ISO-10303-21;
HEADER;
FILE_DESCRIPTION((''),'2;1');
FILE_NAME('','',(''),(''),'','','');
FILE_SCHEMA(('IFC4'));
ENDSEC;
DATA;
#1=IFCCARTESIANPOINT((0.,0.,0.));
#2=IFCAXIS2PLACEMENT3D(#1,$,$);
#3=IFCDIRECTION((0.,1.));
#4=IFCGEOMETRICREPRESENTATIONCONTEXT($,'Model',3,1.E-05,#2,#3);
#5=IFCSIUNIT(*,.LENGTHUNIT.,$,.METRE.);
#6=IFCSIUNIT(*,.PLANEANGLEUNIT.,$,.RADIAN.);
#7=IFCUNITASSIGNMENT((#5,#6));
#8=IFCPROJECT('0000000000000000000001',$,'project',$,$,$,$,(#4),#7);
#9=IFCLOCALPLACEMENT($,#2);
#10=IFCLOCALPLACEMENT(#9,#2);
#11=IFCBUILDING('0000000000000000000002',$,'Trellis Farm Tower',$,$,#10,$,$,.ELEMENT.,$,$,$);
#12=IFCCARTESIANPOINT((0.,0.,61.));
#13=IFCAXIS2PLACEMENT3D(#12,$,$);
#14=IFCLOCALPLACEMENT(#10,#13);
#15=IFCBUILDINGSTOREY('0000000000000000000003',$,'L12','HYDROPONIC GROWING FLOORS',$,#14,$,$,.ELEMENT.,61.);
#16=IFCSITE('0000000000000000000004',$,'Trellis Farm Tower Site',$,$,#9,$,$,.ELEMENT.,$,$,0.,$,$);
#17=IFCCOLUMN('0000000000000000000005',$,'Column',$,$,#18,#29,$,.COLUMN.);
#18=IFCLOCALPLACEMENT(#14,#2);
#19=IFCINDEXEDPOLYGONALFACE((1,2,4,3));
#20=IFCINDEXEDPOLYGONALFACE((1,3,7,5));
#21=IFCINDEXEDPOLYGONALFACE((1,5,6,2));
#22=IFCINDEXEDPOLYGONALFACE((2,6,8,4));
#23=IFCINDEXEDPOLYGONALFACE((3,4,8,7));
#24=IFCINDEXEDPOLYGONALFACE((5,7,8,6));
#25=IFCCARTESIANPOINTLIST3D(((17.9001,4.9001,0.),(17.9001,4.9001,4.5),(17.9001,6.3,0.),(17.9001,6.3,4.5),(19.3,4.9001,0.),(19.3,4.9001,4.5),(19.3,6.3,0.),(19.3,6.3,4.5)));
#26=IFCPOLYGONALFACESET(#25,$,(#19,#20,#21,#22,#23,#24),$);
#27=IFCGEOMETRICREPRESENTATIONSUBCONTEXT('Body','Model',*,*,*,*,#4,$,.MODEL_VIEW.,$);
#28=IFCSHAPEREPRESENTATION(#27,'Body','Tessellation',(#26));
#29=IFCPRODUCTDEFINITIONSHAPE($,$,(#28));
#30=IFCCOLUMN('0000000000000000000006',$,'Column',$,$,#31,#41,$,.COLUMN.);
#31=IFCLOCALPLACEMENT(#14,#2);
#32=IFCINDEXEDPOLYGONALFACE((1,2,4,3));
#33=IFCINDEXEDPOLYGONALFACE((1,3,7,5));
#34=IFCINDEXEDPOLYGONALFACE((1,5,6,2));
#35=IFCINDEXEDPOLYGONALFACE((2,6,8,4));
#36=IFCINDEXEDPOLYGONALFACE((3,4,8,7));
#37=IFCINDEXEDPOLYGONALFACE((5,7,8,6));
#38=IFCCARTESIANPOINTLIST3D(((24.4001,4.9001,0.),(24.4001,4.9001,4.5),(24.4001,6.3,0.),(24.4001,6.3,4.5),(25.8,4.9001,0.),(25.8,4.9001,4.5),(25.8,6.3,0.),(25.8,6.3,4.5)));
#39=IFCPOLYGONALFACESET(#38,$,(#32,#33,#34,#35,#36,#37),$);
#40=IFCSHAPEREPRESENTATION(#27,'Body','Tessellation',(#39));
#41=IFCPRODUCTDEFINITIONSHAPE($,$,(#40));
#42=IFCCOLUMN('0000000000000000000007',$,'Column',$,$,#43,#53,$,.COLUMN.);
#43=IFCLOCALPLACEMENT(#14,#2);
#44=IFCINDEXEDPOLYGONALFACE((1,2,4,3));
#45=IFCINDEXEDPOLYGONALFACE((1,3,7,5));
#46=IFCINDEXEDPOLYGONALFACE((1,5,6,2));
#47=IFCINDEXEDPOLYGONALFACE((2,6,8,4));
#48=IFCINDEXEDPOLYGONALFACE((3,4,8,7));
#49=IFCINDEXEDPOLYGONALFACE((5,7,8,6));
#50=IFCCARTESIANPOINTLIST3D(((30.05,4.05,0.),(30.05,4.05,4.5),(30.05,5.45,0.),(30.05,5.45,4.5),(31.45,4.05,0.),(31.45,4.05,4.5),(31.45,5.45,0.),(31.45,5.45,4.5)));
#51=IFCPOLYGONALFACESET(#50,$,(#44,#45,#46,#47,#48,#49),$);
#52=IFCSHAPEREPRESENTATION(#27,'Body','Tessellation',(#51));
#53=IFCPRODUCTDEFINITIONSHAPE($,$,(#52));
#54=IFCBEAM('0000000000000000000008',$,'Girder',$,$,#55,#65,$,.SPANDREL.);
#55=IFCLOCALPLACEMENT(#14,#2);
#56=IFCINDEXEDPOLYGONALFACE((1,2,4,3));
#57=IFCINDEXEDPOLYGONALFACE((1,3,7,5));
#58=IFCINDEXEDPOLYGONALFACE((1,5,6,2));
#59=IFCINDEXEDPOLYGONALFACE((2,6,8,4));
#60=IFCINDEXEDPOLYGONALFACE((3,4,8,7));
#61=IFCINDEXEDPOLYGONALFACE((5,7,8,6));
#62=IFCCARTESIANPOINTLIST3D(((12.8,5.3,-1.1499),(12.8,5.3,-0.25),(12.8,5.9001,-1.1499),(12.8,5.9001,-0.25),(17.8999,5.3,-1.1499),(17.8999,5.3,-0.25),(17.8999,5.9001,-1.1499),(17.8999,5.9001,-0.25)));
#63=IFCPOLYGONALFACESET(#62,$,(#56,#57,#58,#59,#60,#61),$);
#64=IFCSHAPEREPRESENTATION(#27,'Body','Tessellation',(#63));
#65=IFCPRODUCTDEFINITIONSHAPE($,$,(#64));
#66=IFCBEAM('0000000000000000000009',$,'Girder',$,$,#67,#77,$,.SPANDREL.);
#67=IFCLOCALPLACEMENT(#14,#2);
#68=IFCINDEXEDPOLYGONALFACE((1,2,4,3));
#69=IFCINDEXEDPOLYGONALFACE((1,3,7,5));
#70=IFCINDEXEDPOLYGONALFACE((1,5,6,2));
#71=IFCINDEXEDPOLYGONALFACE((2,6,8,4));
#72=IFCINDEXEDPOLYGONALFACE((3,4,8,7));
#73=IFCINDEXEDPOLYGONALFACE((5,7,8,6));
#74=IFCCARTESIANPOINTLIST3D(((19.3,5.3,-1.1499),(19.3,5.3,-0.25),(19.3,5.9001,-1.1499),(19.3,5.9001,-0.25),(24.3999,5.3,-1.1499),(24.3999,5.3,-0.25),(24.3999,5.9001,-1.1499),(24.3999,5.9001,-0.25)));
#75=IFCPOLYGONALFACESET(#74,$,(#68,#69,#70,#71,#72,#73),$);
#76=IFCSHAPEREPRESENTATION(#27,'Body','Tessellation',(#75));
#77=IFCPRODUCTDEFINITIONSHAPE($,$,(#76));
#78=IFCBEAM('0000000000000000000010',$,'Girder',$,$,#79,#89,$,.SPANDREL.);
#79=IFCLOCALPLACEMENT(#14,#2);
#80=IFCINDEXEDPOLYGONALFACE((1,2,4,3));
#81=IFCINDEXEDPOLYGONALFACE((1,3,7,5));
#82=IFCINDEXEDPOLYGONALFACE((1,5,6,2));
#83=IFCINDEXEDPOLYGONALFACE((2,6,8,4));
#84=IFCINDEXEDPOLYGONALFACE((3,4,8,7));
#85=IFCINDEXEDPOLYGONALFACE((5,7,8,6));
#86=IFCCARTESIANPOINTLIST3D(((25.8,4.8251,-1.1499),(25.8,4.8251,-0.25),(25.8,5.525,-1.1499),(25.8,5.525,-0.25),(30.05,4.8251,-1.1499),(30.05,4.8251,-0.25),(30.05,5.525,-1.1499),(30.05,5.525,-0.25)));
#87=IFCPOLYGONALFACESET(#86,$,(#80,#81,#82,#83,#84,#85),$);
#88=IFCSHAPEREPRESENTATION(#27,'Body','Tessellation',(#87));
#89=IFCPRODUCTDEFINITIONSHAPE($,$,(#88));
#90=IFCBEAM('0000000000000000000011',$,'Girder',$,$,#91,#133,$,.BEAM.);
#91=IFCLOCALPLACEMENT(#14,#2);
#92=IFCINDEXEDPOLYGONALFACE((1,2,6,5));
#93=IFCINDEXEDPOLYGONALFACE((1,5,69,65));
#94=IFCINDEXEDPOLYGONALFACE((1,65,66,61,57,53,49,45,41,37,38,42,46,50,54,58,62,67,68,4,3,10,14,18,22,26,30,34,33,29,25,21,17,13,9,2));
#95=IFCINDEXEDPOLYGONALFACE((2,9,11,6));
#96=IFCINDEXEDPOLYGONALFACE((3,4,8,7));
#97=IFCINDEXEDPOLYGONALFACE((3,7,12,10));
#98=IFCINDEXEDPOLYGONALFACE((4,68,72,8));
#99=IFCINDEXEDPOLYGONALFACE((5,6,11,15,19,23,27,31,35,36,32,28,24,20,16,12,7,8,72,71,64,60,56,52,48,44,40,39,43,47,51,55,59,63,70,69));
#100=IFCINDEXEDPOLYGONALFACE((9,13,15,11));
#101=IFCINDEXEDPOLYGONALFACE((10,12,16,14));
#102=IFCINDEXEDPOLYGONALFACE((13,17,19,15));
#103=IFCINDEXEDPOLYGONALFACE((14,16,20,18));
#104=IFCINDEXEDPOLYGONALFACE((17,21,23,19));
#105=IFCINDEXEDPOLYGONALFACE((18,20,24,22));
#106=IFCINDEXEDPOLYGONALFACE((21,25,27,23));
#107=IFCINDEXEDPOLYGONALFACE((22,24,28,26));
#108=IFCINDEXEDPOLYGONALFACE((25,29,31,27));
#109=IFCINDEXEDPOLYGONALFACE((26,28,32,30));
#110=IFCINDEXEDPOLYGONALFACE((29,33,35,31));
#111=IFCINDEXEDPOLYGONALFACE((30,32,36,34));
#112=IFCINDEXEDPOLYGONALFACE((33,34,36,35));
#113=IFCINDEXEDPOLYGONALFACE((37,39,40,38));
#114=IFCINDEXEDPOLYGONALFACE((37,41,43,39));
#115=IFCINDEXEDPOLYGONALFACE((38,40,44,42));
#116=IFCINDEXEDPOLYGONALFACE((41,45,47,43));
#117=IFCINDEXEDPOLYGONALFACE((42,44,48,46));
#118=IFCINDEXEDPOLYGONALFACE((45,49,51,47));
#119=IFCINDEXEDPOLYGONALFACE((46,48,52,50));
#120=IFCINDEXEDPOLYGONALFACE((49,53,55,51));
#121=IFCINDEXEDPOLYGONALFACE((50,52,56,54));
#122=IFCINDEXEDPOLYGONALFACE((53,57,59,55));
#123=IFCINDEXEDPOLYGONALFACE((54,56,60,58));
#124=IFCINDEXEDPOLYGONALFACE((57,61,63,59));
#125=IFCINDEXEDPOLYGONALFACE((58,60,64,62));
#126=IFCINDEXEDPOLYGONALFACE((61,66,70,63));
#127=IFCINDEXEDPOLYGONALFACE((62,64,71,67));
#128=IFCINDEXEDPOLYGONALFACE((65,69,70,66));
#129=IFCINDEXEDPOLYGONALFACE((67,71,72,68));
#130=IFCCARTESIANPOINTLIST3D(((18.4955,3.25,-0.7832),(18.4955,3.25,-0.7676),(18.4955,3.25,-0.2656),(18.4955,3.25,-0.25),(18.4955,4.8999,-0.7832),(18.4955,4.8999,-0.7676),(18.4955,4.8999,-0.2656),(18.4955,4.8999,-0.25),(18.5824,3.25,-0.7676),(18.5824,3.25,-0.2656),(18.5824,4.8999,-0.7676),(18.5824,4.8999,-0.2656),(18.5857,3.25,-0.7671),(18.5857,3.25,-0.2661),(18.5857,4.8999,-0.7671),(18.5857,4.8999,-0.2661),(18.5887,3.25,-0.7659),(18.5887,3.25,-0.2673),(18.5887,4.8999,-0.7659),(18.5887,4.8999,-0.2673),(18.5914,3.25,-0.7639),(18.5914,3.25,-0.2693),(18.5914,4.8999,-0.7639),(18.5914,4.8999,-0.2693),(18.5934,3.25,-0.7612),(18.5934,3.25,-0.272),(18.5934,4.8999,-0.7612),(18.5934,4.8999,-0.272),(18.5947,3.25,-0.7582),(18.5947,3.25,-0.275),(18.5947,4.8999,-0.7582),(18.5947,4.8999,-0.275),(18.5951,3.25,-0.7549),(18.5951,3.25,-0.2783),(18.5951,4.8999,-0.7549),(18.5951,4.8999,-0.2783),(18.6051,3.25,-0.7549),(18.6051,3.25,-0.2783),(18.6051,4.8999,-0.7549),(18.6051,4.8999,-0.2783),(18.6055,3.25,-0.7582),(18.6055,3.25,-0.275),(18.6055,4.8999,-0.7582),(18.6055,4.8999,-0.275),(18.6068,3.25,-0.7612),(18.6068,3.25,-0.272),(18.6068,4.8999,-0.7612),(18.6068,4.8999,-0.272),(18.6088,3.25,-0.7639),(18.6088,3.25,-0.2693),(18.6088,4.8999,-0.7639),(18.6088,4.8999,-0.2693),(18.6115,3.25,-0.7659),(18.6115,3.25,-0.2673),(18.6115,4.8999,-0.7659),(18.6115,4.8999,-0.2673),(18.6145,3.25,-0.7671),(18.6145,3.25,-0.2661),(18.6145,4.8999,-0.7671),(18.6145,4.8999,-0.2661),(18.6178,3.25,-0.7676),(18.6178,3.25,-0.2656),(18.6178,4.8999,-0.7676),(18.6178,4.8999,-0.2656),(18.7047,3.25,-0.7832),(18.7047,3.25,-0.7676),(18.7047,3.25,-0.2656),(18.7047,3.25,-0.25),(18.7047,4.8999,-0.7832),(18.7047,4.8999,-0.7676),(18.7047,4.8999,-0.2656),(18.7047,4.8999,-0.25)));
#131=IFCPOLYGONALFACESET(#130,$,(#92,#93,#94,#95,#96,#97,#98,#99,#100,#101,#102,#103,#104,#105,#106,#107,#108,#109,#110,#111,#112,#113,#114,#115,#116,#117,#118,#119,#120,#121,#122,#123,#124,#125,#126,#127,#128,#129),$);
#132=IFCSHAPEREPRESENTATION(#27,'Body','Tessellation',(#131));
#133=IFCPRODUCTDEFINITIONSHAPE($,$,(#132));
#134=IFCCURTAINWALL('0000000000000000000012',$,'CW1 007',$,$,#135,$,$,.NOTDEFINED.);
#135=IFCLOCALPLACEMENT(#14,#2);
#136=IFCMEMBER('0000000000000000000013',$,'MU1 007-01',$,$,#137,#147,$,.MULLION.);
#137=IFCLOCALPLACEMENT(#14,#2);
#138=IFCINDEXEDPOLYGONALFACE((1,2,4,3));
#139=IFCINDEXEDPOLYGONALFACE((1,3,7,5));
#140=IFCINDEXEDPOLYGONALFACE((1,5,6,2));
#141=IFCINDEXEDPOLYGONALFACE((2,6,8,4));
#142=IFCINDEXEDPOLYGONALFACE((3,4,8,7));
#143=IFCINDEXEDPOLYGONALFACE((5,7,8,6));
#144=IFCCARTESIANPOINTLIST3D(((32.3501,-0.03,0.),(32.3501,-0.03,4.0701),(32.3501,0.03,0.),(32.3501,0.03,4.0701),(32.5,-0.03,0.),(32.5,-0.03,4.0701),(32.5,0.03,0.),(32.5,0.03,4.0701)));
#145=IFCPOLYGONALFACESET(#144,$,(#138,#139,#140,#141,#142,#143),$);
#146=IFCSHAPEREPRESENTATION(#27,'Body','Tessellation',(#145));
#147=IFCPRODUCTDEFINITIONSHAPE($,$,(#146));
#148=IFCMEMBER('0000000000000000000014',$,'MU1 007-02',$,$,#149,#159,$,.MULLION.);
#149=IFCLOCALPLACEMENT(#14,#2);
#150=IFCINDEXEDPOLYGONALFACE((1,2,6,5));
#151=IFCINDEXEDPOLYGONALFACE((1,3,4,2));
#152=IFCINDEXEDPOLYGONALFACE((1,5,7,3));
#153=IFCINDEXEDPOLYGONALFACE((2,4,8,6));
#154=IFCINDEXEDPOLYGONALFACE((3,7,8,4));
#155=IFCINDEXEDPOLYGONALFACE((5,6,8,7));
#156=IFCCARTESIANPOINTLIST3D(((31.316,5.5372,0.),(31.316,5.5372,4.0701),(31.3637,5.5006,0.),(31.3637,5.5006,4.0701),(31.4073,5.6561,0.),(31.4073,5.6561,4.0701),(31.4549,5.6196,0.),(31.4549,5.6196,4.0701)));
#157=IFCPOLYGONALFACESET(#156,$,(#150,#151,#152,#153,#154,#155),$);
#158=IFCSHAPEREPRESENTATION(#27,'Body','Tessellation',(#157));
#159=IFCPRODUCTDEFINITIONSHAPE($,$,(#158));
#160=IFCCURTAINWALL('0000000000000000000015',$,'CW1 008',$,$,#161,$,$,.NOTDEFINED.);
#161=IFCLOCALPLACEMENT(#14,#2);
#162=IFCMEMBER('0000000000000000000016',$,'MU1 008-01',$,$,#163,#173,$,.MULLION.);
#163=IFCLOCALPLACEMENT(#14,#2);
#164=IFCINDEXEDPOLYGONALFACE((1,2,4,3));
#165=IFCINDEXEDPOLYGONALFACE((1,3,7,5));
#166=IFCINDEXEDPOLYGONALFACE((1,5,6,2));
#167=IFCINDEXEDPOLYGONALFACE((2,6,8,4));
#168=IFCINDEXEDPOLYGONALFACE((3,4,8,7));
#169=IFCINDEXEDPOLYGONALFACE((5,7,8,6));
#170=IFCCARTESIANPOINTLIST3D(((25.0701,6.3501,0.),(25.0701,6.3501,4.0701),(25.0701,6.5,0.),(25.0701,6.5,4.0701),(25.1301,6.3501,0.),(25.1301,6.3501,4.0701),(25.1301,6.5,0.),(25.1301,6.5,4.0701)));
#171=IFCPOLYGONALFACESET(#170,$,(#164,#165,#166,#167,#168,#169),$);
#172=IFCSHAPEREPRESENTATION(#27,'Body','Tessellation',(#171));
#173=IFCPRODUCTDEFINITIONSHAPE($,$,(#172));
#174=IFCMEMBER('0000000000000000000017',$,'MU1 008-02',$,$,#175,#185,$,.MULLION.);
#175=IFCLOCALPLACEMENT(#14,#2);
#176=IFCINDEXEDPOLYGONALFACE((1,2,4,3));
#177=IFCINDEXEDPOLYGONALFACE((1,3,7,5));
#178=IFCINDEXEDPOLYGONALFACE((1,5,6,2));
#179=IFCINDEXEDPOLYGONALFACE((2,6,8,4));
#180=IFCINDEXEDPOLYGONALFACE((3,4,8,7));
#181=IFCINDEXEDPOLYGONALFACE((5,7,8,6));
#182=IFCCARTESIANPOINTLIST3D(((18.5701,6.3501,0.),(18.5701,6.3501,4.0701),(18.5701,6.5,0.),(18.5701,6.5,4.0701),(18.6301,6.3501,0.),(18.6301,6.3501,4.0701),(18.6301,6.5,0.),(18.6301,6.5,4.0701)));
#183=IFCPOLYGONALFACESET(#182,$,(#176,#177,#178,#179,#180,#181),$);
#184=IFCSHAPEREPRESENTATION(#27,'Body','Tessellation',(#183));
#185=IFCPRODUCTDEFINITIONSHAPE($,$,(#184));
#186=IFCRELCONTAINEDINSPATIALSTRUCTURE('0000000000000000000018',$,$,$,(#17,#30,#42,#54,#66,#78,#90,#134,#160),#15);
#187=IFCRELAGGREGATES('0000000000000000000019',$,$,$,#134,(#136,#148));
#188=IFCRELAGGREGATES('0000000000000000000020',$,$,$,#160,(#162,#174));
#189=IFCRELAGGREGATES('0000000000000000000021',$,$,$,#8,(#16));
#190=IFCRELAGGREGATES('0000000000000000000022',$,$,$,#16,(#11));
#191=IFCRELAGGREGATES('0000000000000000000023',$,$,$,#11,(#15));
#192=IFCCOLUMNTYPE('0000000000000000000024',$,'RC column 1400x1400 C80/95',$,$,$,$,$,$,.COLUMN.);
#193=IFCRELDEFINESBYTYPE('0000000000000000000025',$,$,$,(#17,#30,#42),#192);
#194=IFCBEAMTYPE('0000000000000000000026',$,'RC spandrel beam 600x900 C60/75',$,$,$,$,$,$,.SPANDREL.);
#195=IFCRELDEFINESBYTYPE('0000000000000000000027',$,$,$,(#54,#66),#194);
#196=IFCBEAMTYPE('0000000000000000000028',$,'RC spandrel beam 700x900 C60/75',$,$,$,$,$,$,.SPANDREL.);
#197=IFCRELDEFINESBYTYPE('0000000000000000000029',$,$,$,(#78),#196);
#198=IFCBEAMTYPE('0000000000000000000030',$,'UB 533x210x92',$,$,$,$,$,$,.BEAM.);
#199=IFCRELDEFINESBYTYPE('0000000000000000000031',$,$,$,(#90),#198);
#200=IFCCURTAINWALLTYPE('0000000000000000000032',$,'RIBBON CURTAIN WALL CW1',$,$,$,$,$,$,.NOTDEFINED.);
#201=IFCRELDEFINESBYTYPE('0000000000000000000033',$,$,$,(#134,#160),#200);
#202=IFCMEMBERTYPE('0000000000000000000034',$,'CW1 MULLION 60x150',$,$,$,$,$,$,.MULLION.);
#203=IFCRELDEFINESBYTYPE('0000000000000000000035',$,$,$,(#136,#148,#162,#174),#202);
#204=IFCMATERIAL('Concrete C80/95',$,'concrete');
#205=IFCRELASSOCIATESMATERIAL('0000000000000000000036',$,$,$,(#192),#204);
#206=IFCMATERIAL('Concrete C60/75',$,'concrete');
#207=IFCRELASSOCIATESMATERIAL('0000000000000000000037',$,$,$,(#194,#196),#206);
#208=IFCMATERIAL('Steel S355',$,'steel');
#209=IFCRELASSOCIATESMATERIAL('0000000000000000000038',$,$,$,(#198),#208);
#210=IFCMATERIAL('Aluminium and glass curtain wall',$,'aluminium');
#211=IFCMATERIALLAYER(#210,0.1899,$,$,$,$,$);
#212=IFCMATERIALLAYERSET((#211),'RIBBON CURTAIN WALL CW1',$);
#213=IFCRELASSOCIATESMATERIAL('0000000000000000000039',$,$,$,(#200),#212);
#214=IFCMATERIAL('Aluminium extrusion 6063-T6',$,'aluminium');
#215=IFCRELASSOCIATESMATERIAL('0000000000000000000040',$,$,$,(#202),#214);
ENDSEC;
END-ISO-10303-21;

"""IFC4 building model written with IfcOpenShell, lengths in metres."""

from ifc_helpers import new_model, si_unit, direction, frame, origin, origin_2d, place, context, subcontext, project, spatial, rectangle, i_section, extrude, source, transform, mapped, material, layer, layer_set, material_profile, profile_set, type_object, element, aggregate, save


model = new_model("IFC4")

# Units and contexts
model_context = context("Model", 3, precision=1e-05, world=origin(), true_north=direction((0.0, 1.0)))
body_context = subcontext(model_context, "Body", "Model", "MODEL_VIEW")
ifc_project = project(units=[si_unit("LENGTHUNIT", "METRE"), si_unit("PLANEANGLEUNIT", "RADIAN")], contexts=[model_context])

# Site, building, storey
site_placement = place(None, origin())
site = spatial("IfcSite", under=ifc_project, at=site_placement, Name="Trellis Farm Tower Site", CompositionType="ELEMENT", RefElevation=0.0)
building_placement = place(site_placement, origin())
building = spatial("IfcBuilding", under=site, at=building_placement, Name="Trellis Farm Tower", CompositionType="ELEMENT")
storey_placement = place(building_placement, frame((0.0, 0.0, 61.0)))
storey = spatial("IfcBuildingStorey", under=building, at=storey_placement, Name="L12", Description="HYDROPONIC GROWING FLOORS", CompositionType="ELEMENT", Elevation=61.0)

# Columns
ifc_material_1 = material(Name="Concrete C80/95", Category="concrete")
ifc_material_profile_1 = material_profile(ifc_material_1, rectangle(XDim=1.3999, YDim=1.3999, at=origin_2d()), Name="RC column 1400x1400 C80/95")
ifc_profile_set_1 = profile_set([ifc_material_profile_1], Name="Concrete C80/95")
column_type = type_object("IfcColumnType", Name="RC column 1400x1400 C80/95", PredefinedType="COLUMN", material=ifc_profile_set_1)
shared_shape_1 = source(origin(), body_context, "Body", "SweptSolid", [
    extrude(rectangle(XDim=1.3999, YDim=1.3999, at=origin_2d()), origin(), (0.0, 0.0, 1.0), 4.5),
])
for number, where, z_axis, x_axis, name in (
    (1, (18.6001, 5.6001, 0.0), (0.0, 0.0, 1.0), (1.0, 0.0, 0.0), "Column"),
    (2, (25.1001, 5.6001, 0.0), (0.0, 0.0, 1.0), (1.0, 0.0, 0.0), "Column"),
    (3, (30.75, 4.75, 0.0), (0.0, 0.0, 1.0), (1.0, 0.0, 0.0), "Column"),
):
    element("IfcColumn", number, at=place(storey_placement, frame(where, z_axis=z_axis, x_axis=x_axis)), inside=storey, type_object=column_type, Name=name, PredefinedType="COLUMN", context=body_context, shape_type="MappedRepresentation", body=[
        mapped(shared_shape_1, transform((0.0, 0.0, 0.0))),
    ])

# Beams
ifc_material_2 = material(Name="Concrete C60/75", Category="concrete")
ifc_material_profile_2 = material_profile(ifc_material_2, rectangle(XDim=0.6001, YDim=0.8999, at=origin_2d()), Name="RC spandrel beam 600x900 C60/75")
ifc_profile_set_2 = profile_set([ifc_material_profile_2], Name="Concrete C60/75")
beam_type_1 = type_object("IfcBeamType", Name="RC spandrel beam 600x900 C60/75", PredefinedType="SPANDREL", material=ifc_profile_set_2)
shared_shape_2 = source(origin(), body_context, "Body", "SweptSolid", [
    extrude(rectangle(XDim=0.6001, YDim=0.8999, at=origin_2d()), origin(), (0.0, 0.0, 1.0), 5.0999),
])
for number, where, z_axis, x_axis, name in (
    (4, (12.8, 5.6001, -0.7), (1.0, 0.0, 0.0), (0.0, 1.0, 0.0), "Girder"),
    (5, (19.3, 5.6001, -0.7), (1.0, 0.0, 0.0), (0.0, 1.0, 0.0), "Girder"),
):
    element("IfcBeam", number, at=place(storey_placement, frame(where, z_axis=z_axis, x_axis=x_axis)), inside=storey, type_object=beam_type_1, Name=name, PredefinedType="SPANDREL", context=body_context, shape_type="MappedRepresentation", body=[
        mapped(shared_shape_2, transform((0.0, 0.0, 0.0))),
    ])
ifc_material_profile_3 = material_profile(ifc_material_2, rectangle(XDim=0.7, YDim=0.8999, at=origin_2d()), Name="RC spandrel beam 700x900 C60/75")
ifc_profile_set_3 = profile_set([ifc_material_profile_3], Name="Concrete C60/75")
beam_type_2 = type_object("IfcBeamType", Name="RC spandrel beam 700x900 C60/75", PredefinedType="SPANDREL", material=ifc_profile_set_3)
shared_shape_3 = source(origin(), body_context, "Body", "SweptSolid", [
    extrude(rectangle(XDim=0.7, YDim=0.8999, at=origin_2d()), origin(), (0.0, 0.0, 1.0), 4.25),
])
beam_1_placement = place(storey_placement, frame((25.8, 5.175, -0.7), z_axis=(1.0, 0.0, 0.0), x_axis=(0.0, 1.0, 0.0)))
element("IfcBeam", 6, at=beam_1_placement, inside=storey, type_object=beam_type_2, Name="Girder", PredefinedType="SPANDREL", context=body_context, shape_type="MappedRepresentation", body=[
    mapped(shared_shape_3, transform((0.0, 0.0, 0.0))),
])
ifc_material_3 = material(Name="Steel S355", Category="steel")
ifc_material_profile_4 = material_profile(ifc_material_3, i_section(OverallWidth=0.2092, OverallDepth=0.5332, WebThickness=0.01, FlangeThickness=0.0156, FilletRadius=0.0127, at=origin_2d()), Name="UB 533x210x92")
ifc_profile_set_4 = profile_set([ifc_material_profile_4], Name="Steel S355")
beam_type_3 = type_object("IfcBeamType", Name="UB 533x210x92", PredefinedType="BEAM", material=ifc_profile_set_4)
shared_shape_4 = source(origin(), body_context, "Body", "SweptSolid", [
    extrude(i_section(OverallWidth=0.2092, OverallDepth=0.5332, WebThickness=0.01, FlangeThickness=0.0156, FilletRadius=0.0127, at=origin_2d()), origin(), (0.0, 0.0, 1.0), 1.6499),
])
beam_2_placement = place(storey_placement, frame((18.6001, 3.25, -0.5166), z_axis=(0.0, 1.0, 0.0), x_axis=(-1.0, 0.0, 0.0)))
element("IfcBeam", 7, at=beam_2_placement, inside=storey, type_object=beam_type_3, Name="Girder", PredefinedType="BEAM", context=body_context, shape_type="MappedRepresentation", body=[
    mapped(shared_shape_4, transform((0.0, 0.0, 0.0))),
])

# Curtain walls, members
ifc_material_4 = material(Name="Aluminium and glass curtain wall", Category="aluminium")
ifc_layer_1 = layer(ifc_material_4, 0.1899)
ifc_layer_set_1 = layer_set([ifc_layer_1], Name="RIBBON CURTAIN WALL CW1")
curtain_wall_type = type_object("IfcCurtainWallType", Name="RIBBON CURTAIN WALL CW1", PredefinedType="NOTDEFINED", material=ifc_layer_set_1)
placement = place(storey_placement, origin())
curtain_wall_1 = element("IfcCurtainWall", 8, at=placement, inside=storey, type_object=curtain_wall_type, Name="CW1 007", PredefinedType="NOTDEFINED")
ifc_material_5 = material(Name="Aluminium extrusion 6063-T6", Category="aluminium")
ifc_material_profile_5 = material_profile(ifc_material_5, rectangle(XDim=0.0601, YDim=0.1499, at=origin_2d()), Name="MULLION 60x150")
ifc_profile_set_5 = profile_set([ifc_material_profile_5], Name="Aluminium extrusion 6063-T6")
member_type = type_object("IfcMemberType", Name="CW1 MULLION 60x150", PredefinedType="MULLION", material=ifc_profile_set_5)
shared_shape_5 = source(origin(), body_context, "Body", "SweptSolid", [
    extrude(rectangle(XDim=0.0601, YDim=0.1499, at=origin_2d()), origin(), (0.0, 0.0, 1.0), 4.0701),
])
member_1_placement = place(storey_placement, frame((32.425, 0.0, 0.0), z_axis=(0.0, 0.0, 1.0), x_axis=(0.0, 1.0, 0.0)))
member_1 = element("IfcMember", 9, at=member_1_placement, type_object=member_type, Name="MU1 007-01", PredefinedType="MULLION", context=body_context, shape_type="MappedRepresentation", body=[
    mapped(shared_shape_5, transform((0.0, 0.0, 0.0))),
])
member_2_placement = place(storey_placement, frame((31.3855, 5.5784, 0.0), z_axis=(0.0, 0.0, 1.0), x_axis=(-0.793353, 0.608761, 0.0)))
member_2 = element("IfcMember", 10, at=member_2_placement, type_object=member_type, Name="MU1 007-02", PredefinedType="MULLION", context=body_context, shape_type="MappedRepresentation", body=[
    mapped(shared_shape_5, transform((0.0, 0.0, 0.0))),
])
aggregate(curtain_wall_1, [member_1, member_2])
curtain_wall_2 = element("IfcCurtainWall", 11, at=placement, inside=storey, type_object=curtain_wall_type, Name="CW1 008", PredefinedType="NOTDEFINED")
member_3_placement = place(storey_placement, frame((25.1001, 6.425, 0.0), z_axis=(0.0, 0.0, 1.0), x_axis=(-1.0, 0.0, 0.0)))
member_3 = element("IfcMember", 12, at=member_3_placement, type_object=member_type, Name="MU1 008-01", PredefinedType="MULLION", context=body_context, shape_type="MappedRepresentation", body=[
    mapped(shared_shape_5, transform((0.0, 0.0, 0.0))),
])
member_4_placement = place(storey_placement, frame((18.6001, 6.425, 0.0), z_axis=(0.0, 0.0, 1.0), x_axis=(-1.0, 0.0, 0.0)))
member_4 = element("IfcMember", 13, at=member_4_placement, type_object=member_type, Name="MU1 008-02", PredefinedType="MULLION", context=body_context, shape_type="MappedRepresentation", body=[
    mapped(shared_shape_5, transform((0.0, 0.0, 0.0))),
])
aggregate(curtain_wall_2, [member_3, member_4])

save(model, "model.ifc")
